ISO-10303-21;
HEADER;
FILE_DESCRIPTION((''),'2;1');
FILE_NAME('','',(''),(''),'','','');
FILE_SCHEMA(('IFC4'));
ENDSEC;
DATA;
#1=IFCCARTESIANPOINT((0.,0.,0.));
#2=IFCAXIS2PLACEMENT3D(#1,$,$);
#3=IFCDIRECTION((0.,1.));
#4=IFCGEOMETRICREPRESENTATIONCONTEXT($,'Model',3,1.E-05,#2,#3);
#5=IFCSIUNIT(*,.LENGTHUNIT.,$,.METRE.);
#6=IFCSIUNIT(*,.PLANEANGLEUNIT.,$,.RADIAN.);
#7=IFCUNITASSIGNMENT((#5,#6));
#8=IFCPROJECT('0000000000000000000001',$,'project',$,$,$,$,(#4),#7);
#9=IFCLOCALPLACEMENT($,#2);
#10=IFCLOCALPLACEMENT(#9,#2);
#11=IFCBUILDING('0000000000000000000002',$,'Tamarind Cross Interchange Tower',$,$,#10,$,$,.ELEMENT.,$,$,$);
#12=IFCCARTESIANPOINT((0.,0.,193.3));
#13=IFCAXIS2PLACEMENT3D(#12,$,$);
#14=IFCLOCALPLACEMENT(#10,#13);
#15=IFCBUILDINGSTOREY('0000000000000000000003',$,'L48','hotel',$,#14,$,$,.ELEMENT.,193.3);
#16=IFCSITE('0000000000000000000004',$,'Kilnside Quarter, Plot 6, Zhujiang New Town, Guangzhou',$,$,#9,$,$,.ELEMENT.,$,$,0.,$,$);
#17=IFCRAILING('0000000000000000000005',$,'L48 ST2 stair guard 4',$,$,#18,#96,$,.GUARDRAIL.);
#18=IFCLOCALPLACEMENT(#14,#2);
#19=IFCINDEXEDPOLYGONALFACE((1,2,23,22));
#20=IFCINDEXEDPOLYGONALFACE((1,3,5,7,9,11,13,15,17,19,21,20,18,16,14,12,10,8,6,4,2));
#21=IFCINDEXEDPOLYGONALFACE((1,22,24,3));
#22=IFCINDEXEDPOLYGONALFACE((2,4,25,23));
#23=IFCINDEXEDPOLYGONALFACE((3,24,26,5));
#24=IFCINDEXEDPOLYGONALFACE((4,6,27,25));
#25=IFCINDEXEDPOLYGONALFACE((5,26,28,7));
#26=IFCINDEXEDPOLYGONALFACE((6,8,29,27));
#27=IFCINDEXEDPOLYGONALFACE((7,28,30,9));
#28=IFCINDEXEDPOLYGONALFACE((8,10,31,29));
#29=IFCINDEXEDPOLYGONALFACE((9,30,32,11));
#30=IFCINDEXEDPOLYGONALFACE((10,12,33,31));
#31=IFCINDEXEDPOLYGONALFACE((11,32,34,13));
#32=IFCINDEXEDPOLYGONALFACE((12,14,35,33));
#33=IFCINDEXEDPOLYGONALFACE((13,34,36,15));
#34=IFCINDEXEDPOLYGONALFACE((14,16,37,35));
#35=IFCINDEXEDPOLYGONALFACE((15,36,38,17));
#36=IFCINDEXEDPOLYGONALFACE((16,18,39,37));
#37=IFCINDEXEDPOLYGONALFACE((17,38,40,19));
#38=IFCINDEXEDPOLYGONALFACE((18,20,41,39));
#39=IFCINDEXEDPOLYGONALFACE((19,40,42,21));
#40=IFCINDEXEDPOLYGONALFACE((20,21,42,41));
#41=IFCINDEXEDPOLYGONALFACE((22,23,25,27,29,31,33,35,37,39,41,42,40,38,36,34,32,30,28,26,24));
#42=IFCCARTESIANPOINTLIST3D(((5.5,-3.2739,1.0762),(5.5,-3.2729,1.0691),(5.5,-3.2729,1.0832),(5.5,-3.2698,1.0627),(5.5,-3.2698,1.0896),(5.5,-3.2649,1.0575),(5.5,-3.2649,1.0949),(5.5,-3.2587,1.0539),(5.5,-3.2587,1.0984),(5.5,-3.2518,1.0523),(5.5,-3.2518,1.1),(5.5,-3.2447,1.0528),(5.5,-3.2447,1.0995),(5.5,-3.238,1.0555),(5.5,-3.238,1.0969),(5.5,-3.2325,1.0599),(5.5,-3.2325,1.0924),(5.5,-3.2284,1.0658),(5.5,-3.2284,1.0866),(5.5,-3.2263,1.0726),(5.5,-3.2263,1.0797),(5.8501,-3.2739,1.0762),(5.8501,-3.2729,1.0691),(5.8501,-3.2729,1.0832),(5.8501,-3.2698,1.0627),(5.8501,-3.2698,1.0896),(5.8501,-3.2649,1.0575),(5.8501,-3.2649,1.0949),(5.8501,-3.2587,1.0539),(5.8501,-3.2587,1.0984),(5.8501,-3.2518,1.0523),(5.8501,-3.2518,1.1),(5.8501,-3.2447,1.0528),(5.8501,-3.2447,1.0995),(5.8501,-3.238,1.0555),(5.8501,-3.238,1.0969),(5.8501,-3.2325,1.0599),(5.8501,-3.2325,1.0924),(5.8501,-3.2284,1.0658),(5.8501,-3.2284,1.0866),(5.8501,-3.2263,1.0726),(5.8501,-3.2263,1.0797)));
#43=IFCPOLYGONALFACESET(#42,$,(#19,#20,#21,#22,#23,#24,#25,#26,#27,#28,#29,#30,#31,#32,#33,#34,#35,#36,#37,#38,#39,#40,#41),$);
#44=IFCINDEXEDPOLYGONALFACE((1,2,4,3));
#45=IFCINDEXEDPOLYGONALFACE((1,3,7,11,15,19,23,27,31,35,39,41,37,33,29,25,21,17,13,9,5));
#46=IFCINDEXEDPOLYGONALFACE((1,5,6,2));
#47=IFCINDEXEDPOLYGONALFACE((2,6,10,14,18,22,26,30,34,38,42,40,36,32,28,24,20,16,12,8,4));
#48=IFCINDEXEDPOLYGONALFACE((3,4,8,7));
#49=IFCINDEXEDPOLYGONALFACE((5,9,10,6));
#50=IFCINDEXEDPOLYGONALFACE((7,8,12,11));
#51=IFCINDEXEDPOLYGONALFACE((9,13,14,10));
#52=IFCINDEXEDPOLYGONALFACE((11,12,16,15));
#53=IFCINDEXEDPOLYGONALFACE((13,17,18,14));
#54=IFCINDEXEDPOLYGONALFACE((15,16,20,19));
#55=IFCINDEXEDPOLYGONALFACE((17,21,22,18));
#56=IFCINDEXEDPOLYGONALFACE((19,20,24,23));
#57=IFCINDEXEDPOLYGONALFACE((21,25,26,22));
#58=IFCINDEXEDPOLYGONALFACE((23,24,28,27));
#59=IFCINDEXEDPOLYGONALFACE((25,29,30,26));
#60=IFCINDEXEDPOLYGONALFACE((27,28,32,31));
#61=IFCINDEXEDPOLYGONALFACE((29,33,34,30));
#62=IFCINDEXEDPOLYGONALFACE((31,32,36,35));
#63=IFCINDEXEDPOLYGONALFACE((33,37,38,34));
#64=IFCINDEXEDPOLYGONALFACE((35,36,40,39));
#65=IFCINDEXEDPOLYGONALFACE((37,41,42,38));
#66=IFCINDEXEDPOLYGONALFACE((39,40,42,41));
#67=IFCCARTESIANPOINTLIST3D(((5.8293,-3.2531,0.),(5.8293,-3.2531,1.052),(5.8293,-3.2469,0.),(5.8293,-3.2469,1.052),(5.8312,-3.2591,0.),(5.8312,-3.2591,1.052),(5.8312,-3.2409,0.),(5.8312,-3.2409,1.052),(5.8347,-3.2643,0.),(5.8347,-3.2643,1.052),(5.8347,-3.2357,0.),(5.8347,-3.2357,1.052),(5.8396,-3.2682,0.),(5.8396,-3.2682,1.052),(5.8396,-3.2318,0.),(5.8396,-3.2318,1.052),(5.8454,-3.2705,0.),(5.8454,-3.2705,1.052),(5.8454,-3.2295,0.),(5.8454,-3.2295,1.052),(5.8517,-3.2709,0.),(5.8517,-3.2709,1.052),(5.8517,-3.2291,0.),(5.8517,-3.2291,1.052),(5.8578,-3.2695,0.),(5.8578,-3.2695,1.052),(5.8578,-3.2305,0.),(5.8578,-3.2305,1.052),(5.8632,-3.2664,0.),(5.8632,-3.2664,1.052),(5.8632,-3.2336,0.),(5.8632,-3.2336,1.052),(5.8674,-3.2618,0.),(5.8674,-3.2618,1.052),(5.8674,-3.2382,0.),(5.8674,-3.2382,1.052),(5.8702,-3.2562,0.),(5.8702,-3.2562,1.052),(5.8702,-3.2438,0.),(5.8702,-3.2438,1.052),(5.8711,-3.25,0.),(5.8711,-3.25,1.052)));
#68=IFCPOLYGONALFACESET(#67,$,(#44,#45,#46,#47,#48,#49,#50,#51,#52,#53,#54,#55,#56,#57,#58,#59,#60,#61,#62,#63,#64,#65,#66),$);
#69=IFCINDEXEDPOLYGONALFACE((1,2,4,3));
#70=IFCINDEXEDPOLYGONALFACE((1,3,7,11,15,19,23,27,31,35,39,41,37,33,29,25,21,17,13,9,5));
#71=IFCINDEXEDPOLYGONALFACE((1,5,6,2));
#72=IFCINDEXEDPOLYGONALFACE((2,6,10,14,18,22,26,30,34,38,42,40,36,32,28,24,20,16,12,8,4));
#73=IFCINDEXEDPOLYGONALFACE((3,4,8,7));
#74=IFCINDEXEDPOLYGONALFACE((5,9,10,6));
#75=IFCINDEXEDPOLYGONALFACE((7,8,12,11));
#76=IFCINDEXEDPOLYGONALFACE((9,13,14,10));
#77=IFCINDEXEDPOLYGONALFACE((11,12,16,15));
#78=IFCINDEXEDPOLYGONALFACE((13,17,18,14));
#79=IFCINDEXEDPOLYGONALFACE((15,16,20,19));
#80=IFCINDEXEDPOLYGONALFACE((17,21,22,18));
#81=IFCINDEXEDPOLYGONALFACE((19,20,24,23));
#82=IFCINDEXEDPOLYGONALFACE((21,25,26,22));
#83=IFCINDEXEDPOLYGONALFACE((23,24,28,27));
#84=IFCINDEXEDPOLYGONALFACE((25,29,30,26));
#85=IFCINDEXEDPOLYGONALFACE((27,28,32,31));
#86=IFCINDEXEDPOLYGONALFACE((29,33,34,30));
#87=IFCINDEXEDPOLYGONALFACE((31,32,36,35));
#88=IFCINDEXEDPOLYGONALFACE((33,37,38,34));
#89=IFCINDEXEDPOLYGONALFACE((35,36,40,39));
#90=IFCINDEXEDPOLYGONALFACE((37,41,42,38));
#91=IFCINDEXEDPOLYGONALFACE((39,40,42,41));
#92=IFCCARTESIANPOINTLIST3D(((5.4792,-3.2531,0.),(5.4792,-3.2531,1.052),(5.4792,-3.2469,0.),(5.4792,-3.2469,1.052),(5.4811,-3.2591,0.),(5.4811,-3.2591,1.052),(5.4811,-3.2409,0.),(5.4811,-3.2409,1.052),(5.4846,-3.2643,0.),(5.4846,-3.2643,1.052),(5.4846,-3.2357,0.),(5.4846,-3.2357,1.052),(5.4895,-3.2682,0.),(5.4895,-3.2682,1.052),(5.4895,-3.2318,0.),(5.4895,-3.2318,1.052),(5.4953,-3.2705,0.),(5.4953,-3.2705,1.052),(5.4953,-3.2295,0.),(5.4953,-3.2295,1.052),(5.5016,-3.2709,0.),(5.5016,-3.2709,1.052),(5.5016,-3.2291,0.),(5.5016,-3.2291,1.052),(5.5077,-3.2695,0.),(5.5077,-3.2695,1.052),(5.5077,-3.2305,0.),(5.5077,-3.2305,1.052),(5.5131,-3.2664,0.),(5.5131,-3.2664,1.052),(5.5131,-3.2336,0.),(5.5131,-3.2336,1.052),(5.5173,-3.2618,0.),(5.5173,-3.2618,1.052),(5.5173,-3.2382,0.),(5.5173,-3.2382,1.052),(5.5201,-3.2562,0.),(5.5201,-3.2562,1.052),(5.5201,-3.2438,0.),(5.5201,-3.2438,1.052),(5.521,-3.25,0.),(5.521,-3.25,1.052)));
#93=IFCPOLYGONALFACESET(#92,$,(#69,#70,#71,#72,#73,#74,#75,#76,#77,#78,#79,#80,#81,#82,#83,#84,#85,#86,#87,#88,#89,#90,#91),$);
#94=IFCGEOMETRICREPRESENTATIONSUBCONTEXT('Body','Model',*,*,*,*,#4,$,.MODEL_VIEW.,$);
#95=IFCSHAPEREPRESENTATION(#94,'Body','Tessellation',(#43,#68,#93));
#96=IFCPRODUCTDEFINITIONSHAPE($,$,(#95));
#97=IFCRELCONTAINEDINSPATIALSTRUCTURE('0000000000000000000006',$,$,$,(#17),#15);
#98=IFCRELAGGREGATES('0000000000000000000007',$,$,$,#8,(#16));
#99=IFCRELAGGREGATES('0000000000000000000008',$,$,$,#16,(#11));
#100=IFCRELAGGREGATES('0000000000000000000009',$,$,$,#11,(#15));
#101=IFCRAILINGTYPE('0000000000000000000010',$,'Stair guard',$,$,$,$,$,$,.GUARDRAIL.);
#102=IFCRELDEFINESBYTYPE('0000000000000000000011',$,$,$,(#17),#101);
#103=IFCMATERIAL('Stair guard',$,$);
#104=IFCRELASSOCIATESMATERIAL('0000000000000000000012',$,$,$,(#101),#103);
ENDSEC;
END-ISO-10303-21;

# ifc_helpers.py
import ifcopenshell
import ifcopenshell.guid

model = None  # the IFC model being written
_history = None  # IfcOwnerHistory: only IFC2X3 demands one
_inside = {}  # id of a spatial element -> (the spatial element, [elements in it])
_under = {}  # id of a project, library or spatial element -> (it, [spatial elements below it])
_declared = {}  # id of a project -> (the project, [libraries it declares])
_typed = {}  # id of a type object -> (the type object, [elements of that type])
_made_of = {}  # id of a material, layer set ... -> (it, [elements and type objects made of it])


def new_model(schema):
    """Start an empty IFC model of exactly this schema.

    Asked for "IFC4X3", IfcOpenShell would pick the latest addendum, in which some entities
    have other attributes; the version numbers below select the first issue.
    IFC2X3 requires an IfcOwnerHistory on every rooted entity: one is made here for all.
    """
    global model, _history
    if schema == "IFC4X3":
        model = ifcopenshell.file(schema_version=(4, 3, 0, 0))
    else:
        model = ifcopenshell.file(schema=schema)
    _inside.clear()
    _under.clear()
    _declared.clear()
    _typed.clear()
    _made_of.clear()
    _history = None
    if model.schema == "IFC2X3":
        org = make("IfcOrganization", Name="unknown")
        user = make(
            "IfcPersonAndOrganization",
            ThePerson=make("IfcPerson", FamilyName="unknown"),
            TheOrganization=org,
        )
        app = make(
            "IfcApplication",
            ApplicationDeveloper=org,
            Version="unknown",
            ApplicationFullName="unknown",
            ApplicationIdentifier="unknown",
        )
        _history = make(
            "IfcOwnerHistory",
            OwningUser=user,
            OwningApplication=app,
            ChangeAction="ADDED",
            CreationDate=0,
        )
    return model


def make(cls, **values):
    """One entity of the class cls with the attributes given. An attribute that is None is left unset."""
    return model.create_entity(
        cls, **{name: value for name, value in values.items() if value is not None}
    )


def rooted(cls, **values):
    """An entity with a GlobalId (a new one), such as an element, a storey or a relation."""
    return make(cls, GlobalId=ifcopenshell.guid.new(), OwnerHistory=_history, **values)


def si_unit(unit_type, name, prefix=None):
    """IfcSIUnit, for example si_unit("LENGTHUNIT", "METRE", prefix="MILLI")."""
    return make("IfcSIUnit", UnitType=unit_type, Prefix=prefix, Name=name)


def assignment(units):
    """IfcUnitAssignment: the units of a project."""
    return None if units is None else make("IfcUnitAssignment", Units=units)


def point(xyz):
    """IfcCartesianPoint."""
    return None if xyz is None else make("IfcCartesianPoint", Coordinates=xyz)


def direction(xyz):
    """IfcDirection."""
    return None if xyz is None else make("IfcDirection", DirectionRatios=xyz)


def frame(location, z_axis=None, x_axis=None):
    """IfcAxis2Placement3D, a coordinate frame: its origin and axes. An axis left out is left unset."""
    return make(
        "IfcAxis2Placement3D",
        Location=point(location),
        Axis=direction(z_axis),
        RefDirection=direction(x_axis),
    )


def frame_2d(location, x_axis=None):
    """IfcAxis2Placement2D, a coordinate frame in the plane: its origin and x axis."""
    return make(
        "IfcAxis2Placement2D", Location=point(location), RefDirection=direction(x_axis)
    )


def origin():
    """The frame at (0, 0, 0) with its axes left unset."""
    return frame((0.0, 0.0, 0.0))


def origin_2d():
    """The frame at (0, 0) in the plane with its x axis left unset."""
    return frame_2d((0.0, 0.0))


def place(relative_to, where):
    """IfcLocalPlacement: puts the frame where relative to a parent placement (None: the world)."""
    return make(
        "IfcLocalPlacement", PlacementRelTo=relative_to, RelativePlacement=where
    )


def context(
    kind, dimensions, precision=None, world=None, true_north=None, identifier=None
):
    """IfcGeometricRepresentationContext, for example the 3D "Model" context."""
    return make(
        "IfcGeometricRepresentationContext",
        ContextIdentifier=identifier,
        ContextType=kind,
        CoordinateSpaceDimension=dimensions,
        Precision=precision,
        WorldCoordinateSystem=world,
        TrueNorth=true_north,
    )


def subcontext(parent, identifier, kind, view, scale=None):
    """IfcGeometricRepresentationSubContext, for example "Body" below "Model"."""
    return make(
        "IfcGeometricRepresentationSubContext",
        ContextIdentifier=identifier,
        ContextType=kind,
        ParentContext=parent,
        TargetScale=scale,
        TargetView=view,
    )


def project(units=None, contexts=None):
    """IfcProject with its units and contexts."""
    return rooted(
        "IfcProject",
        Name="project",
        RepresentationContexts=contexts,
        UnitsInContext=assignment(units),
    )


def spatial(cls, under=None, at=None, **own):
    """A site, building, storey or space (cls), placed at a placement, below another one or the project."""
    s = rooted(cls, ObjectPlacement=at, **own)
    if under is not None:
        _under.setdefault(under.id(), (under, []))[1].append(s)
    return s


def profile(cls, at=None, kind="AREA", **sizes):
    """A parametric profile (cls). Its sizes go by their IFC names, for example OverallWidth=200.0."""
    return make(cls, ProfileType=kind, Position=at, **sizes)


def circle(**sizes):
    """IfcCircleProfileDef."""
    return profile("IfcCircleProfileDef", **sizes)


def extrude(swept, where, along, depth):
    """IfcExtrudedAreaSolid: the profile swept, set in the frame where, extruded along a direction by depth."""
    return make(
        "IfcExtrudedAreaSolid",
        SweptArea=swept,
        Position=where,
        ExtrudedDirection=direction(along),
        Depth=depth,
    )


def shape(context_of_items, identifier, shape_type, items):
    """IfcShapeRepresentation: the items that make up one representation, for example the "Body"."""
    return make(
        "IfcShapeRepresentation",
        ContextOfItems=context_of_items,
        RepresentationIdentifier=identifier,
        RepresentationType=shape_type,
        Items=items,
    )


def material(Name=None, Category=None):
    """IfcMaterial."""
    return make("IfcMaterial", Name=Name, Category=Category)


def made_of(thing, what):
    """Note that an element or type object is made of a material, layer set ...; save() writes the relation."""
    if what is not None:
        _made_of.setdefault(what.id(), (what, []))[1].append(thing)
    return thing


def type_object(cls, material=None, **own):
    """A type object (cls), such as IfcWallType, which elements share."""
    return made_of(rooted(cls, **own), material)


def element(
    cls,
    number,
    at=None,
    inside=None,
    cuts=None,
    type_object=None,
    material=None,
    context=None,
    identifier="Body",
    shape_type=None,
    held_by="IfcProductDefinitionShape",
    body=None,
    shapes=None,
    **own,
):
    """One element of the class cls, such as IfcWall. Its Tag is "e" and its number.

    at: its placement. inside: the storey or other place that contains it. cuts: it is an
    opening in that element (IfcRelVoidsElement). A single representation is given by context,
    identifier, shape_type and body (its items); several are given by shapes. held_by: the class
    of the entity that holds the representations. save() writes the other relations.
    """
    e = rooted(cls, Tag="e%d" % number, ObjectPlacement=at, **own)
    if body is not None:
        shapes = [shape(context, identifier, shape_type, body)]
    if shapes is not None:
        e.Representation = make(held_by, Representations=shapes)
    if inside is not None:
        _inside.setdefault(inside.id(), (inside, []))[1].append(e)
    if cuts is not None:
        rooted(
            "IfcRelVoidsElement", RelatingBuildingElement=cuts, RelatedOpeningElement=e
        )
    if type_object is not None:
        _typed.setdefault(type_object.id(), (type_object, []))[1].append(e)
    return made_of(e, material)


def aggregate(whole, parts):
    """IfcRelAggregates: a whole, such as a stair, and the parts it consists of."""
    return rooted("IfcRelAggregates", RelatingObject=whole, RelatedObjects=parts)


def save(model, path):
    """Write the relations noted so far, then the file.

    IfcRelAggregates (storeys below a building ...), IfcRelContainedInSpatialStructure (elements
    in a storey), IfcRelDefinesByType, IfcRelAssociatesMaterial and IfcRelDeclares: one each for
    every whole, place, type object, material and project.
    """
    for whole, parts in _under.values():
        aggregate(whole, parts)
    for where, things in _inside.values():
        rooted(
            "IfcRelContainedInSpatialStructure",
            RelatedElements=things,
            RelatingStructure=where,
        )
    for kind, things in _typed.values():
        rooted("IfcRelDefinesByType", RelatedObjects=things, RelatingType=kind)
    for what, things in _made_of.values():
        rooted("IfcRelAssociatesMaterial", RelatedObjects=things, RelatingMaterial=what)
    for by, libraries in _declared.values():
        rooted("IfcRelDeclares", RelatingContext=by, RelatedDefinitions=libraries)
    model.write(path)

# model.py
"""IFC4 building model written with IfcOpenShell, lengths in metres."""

from ifc_helpers import new_model, si_unit, direction, frame, origin, origin_2d, place, context, subcontext, project, spatial, circle, extrude, material, type_object, element, save


model = new_model("IFC4")

# Units and contexts
model_context = context("Model", 3, precision=1e-05, world=origin(), true_north=direction((0.0, 1.0)))
body_context = subcontext(model_context, "Body", "Model", "MODEL_VIEW")
ifc_project = project(units=[si_unit("LENGTHUNIT", "METRE"), si_unit("PLANEANGLEUNIT", "RADIAN")], contexts=[model_context])

# Site, building, storey
site_placement = place(None, origin())
site = spatial("IfcSite", under=ifc_project, at=site_placement, Name="Kilnside Quarter, Plot 6, Zhujiang New Town, Guangzhou", CompositionType="ELEMENT", RefElevation=0.0)
building_placement = place(site_placement, origin())
building = spatial("IfcBuilding", under=site, at=building_placement, Name="Tamarind Cross Interchange Tower", CompositionType="ELEMENT")
storey_placement = place(building_placement, frame((0.0, 0.0, 193.3)))
storey = spatial("IfcBuildingStorey", under=building, at=storey_placement, Name="L48", Description="hotel", CompositionType="ELEMENT", Elevation=193.3)

# Railing
ifc_material_1 = material(Name="Stair guard")
railing_type_1 = type_object("IfcRailingType", Name="Stair guard", PredefinedType="GUARDRAIL", material=ifc_material_1)
railing_1_placement = place(storey_placement, frame((5.8501, -3.25, 0.0)))
element("IfcRailing", 1, at=railing_1_placement, inside=storey, type_object=railing_type_1, Name="L48 ST2 stair guard 4", PredefinedType="GUARDRAIL", context=body_context, shape_type="SweptSolid", body=[
    extrude(circle(Radius=0.0239, at=origin_2d()), frame((0.0, 0.0, 1.0762), z_axis=(-1.0, 0.0, 0.0), x_axis=(0.0, -1.0, 0.0)), (0.0, 0.0, 1.0), 0.3501),
    extrude(circle(Radius=0.021, at=origin_2d()), origin(), (0.0, 0.0, 1.0), 1.052),
    extrude(circle(Radius=0.021, at=origin_2d()), frame((-0.3501, 0.0, 0.0)), (0.0, 0.0, 1.0), 1.052),
])

save(model, "model.ifc")
